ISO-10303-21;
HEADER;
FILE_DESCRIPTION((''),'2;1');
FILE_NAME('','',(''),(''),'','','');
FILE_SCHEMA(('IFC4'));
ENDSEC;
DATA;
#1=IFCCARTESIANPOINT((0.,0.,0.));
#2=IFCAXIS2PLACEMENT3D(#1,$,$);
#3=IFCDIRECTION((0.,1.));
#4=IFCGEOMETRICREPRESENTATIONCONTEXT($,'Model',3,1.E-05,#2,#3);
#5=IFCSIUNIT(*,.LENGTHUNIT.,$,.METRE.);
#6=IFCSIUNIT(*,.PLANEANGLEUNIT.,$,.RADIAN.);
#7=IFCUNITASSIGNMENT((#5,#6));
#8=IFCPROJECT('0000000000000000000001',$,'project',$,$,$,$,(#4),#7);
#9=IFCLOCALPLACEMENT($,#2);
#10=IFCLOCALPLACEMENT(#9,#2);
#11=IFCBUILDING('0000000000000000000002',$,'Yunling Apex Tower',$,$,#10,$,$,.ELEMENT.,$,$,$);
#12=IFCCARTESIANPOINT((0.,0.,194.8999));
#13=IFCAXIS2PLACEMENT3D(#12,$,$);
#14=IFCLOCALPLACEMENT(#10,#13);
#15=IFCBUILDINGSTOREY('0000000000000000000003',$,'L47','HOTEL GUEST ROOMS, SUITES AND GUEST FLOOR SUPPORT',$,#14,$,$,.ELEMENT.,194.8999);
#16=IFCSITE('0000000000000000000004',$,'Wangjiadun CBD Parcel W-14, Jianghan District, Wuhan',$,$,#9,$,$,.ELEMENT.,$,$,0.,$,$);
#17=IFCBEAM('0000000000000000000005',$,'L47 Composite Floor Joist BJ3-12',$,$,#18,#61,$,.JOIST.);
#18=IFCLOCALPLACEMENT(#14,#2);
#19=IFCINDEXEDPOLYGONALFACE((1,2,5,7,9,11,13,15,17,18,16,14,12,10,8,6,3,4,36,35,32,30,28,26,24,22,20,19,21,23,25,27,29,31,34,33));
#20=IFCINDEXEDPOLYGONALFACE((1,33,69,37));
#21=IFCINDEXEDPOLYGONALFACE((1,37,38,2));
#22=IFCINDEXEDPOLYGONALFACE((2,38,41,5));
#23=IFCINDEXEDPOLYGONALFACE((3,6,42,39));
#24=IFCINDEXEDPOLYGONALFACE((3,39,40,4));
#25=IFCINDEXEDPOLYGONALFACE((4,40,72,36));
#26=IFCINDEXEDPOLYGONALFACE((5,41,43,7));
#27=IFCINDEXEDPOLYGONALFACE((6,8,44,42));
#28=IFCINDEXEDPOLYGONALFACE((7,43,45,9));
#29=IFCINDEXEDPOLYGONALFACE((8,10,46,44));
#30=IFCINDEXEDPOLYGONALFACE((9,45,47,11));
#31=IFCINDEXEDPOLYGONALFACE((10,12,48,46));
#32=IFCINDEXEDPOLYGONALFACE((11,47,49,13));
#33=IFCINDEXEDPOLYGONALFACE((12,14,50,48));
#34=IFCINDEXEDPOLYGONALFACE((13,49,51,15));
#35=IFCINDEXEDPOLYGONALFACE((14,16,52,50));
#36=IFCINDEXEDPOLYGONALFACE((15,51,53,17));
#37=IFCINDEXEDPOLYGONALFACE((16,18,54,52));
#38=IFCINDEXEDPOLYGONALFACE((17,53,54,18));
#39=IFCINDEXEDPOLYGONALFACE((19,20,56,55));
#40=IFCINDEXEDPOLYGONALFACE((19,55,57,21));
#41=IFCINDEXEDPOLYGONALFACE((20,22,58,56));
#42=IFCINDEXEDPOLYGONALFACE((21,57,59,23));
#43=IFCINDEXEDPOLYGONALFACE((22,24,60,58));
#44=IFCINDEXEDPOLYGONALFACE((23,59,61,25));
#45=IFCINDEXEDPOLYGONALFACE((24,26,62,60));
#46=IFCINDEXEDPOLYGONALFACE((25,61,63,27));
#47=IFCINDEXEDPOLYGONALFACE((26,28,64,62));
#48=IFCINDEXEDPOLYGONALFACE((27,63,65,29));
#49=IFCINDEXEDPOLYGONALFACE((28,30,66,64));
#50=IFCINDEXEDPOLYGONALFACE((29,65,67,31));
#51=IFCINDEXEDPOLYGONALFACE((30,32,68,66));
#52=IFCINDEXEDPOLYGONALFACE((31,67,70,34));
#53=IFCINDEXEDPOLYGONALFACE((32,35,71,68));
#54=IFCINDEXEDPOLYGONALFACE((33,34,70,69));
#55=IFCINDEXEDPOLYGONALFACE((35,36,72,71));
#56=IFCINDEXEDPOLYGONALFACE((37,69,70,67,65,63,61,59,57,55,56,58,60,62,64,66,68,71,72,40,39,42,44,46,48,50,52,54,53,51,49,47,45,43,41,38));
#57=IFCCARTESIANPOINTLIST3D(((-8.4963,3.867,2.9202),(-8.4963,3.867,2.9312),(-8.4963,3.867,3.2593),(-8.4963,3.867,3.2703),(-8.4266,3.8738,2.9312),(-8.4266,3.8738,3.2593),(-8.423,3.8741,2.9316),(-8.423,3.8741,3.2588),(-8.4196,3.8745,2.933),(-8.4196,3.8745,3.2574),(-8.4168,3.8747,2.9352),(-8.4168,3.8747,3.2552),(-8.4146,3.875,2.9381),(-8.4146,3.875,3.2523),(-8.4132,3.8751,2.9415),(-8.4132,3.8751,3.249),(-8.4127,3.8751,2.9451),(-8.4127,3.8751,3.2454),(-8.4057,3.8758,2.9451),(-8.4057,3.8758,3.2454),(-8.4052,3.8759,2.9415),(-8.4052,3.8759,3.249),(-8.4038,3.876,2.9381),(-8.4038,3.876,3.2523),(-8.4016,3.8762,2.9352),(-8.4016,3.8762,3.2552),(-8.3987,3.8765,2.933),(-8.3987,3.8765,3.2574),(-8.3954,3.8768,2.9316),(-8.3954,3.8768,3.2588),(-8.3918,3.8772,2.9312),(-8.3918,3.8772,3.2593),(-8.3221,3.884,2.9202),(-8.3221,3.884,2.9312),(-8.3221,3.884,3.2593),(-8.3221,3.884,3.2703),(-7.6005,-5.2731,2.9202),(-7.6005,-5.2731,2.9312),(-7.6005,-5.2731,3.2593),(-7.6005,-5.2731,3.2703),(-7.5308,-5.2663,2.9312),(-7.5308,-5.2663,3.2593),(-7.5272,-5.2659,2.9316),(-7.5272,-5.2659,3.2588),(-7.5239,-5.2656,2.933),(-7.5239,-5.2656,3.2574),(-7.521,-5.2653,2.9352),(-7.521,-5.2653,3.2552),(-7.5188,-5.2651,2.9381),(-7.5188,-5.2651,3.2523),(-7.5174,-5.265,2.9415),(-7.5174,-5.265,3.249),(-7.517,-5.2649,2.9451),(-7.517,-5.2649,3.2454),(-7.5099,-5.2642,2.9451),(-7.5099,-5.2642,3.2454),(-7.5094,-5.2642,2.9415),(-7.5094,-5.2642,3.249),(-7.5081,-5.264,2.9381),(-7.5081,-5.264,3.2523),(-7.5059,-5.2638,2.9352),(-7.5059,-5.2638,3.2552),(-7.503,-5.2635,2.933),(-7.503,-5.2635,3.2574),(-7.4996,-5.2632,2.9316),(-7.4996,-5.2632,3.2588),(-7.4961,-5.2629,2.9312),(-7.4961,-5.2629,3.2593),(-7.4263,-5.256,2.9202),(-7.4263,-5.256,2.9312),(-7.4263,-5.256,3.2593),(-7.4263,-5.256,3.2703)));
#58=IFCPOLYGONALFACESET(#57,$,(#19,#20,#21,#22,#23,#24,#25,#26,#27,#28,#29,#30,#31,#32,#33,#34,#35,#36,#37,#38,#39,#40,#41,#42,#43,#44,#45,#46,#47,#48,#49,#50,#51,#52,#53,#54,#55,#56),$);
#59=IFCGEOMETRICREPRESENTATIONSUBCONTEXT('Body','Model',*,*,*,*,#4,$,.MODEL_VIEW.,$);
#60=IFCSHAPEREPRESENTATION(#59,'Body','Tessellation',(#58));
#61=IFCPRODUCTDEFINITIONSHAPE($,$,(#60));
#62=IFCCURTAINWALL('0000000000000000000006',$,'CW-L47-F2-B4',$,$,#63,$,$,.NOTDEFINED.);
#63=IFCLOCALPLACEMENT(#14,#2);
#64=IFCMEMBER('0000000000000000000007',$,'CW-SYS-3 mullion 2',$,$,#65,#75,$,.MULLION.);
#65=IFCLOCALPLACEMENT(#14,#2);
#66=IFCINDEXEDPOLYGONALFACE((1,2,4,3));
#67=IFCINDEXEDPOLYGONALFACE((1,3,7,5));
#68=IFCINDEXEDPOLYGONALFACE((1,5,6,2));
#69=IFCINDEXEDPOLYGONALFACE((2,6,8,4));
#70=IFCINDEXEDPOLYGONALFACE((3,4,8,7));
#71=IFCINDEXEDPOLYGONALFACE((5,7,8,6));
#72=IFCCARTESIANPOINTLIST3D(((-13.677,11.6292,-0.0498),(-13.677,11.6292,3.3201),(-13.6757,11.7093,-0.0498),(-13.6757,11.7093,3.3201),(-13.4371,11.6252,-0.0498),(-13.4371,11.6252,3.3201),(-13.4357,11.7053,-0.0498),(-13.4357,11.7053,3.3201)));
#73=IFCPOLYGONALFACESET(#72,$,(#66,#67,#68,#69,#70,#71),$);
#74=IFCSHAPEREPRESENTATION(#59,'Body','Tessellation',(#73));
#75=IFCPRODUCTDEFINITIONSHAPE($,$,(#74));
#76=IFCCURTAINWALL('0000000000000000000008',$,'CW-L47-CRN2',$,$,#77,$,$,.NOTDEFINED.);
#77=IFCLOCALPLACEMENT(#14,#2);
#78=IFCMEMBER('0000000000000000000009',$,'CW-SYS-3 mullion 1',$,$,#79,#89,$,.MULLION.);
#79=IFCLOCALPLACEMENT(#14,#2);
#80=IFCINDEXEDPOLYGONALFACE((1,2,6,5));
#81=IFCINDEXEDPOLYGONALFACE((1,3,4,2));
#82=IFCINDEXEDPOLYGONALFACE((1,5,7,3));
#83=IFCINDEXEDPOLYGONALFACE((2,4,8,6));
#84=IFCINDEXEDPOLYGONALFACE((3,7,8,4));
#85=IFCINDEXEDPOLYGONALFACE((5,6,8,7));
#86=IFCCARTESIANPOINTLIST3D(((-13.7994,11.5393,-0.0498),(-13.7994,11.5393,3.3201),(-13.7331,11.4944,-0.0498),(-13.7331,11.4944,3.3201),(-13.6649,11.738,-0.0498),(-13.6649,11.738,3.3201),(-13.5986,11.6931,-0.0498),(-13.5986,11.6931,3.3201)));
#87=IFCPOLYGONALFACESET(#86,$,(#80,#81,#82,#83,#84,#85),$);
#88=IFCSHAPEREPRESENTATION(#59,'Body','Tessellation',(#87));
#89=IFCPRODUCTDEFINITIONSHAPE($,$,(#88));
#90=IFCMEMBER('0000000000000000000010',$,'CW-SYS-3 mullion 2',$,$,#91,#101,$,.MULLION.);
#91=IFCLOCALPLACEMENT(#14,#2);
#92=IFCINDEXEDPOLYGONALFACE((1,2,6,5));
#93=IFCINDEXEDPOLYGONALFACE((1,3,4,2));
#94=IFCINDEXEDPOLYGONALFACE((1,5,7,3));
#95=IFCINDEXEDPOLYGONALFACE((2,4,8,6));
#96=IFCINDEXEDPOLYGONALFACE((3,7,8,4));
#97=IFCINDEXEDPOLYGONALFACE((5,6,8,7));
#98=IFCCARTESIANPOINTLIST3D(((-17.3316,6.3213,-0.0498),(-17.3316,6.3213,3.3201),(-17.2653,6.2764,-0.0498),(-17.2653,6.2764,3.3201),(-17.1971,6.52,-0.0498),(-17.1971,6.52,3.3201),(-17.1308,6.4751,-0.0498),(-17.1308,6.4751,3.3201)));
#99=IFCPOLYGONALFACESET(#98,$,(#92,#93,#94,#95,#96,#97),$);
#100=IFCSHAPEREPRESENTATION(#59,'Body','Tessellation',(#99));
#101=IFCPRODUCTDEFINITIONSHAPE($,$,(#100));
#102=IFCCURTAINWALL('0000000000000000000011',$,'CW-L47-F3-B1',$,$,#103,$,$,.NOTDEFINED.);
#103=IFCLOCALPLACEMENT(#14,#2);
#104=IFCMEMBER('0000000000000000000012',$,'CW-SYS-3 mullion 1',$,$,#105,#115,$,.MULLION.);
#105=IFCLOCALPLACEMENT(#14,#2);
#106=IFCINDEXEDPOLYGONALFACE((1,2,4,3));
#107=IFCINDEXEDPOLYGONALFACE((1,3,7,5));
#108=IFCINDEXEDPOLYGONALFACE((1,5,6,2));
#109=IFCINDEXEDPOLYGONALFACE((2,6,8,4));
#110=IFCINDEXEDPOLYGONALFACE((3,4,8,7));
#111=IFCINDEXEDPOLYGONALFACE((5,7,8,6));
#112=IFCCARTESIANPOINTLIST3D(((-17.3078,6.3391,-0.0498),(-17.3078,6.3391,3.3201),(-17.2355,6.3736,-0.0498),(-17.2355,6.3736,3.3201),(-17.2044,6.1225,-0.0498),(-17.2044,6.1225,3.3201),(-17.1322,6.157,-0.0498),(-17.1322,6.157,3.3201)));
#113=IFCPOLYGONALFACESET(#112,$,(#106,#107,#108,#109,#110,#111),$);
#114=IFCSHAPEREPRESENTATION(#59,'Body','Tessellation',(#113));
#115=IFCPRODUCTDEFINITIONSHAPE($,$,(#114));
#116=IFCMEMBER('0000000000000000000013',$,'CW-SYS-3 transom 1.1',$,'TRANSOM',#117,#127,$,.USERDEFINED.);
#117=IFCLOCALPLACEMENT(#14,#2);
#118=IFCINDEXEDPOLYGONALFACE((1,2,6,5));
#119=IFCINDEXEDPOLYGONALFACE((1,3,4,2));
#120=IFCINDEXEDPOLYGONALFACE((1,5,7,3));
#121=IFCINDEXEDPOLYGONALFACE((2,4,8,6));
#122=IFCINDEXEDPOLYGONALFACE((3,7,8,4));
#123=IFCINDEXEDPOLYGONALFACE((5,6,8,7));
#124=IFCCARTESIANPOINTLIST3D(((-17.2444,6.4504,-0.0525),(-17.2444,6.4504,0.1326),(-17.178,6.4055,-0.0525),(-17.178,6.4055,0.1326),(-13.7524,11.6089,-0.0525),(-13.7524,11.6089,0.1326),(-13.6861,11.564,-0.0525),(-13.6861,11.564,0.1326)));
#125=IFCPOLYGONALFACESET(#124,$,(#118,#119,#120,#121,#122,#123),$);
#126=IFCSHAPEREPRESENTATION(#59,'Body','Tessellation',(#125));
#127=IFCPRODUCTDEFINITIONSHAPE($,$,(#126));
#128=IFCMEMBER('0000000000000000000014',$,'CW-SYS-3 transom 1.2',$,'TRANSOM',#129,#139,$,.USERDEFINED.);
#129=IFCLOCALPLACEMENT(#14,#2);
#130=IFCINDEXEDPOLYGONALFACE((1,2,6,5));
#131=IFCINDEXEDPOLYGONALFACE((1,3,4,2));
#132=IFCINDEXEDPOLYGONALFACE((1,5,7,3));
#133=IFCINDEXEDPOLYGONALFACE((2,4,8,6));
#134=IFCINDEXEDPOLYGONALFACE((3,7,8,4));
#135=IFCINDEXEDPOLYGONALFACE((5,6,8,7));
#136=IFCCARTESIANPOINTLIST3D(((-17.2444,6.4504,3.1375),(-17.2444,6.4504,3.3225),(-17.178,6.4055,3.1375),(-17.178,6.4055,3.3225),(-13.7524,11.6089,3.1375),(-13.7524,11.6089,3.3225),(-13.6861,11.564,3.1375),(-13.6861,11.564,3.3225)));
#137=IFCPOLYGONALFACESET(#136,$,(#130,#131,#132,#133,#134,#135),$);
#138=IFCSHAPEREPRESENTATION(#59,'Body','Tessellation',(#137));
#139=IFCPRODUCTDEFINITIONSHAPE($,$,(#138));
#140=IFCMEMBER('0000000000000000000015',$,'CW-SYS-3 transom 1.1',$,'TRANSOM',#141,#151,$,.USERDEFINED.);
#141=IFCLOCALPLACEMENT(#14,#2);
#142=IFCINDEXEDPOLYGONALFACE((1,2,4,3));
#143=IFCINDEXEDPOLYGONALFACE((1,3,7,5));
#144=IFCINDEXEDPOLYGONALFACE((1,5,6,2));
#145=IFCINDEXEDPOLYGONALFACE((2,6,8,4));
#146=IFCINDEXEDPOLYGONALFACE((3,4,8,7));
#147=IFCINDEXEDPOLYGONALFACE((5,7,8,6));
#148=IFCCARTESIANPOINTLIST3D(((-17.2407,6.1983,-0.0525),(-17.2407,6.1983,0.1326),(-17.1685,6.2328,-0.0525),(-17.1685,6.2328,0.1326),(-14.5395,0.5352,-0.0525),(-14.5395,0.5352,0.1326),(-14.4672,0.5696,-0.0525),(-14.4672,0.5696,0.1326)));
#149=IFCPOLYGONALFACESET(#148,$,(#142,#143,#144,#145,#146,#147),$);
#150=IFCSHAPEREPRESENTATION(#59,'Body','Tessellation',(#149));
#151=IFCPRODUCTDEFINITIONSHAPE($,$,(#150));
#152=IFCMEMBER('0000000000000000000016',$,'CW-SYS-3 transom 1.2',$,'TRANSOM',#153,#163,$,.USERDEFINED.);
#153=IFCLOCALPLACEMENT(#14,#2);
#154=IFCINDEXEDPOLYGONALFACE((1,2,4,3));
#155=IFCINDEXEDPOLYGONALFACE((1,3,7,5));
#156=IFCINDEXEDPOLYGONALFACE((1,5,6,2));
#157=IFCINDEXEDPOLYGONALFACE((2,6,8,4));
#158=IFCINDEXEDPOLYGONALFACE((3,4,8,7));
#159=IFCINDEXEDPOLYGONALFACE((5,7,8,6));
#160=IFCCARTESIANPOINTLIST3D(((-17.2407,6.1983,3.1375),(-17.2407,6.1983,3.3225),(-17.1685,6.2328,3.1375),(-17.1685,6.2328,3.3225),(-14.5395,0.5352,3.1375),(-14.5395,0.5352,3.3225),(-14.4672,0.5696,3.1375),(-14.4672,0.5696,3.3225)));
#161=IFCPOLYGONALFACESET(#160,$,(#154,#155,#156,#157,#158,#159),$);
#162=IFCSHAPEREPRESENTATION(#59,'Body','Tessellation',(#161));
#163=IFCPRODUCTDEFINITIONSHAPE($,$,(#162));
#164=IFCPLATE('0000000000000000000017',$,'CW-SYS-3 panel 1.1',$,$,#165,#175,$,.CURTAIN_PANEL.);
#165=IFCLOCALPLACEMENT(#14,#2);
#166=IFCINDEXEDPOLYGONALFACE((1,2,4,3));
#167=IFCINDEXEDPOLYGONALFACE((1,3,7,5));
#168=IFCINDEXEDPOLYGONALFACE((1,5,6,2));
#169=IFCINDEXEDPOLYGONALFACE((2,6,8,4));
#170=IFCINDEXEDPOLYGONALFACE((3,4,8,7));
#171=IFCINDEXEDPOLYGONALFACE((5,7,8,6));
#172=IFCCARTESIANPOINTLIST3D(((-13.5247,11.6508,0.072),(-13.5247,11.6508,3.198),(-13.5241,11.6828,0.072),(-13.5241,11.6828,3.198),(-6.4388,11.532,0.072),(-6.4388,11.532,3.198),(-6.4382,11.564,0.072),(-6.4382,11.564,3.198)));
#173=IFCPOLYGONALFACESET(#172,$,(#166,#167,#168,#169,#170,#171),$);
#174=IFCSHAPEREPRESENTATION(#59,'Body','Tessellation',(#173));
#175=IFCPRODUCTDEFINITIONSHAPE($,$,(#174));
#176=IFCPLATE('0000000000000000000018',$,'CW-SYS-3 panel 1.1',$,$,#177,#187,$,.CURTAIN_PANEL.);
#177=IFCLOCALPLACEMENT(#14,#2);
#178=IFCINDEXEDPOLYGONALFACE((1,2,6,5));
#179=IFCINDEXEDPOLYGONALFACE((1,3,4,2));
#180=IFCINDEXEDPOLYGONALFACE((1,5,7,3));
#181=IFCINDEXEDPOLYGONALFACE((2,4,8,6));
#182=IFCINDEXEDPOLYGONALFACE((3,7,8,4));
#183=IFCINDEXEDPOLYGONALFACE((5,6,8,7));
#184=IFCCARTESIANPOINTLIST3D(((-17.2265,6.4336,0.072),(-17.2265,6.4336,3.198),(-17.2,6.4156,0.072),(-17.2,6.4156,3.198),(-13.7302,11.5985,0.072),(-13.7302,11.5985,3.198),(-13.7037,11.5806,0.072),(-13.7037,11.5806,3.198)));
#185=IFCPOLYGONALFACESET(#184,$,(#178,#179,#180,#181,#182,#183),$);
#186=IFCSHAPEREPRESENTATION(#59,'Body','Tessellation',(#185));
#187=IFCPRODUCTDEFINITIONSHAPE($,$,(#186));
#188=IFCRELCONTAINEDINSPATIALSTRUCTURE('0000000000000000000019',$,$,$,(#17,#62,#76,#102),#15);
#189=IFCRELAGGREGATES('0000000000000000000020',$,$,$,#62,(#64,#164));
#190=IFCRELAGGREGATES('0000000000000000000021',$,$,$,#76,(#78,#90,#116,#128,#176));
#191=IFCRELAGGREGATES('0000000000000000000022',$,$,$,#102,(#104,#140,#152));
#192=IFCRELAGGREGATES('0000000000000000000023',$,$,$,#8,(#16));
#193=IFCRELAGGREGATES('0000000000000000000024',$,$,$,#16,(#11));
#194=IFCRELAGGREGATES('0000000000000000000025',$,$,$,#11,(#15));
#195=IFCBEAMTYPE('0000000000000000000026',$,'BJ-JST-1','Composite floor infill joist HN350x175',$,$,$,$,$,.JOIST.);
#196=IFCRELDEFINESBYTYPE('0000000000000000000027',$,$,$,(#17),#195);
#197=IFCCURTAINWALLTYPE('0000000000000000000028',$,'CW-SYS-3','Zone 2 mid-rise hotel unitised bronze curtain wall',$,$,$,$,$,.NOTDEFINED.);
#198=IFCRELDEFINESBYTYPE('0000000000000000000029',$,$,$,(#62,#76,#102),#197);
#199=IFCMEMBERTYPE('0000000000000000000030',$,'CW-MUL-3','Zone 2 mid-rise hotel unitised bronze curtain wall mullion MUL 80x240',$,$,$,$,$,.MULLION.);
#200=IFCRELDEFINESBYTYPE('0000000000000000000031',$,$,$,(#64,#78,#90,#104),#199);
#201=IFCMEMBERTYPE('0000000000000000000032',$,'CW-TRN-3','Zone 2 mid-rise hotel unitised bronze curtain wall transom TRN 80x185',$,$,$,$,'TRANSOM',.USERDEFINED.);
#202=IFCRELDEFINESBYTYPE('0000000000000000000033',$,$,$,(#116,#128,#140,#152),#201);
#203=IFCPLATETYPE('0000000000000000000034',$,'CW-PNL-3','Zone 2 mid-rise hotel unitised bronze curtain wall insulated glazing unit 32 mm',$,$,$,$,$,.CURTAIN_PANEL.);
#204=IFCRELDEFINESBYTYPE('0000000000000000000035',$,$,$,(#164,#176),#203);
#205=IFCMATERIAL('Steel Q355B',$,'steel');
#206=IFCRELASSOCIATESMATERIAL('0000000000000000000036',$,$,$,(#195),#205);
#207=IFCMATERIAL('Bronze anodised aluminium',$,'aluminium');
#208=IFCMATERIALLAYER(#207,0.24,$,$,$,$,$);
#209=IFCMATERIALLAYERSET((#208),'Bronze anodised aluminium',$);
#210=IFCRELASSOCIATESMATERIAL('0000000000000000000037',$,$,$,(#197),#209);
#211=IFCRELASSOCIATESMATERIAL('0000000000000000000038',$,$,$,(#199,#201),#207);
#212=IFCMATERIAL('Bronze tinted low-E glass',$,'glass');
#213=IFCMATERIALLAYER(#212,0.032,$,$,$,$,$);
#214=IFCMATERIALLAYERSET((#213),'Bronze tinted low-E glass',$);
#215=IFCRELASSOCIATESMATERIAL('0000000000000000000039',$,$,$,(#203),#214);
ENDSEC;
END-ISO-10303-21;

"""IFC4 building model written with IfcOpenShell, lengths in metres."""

from ifc_helpers import new_model, si_unit, direction, frame, origin, origin_2d, place, context, subcontext, project, spatial, rectangle, i_section, extrude, source, transform, mapped, material, layer, layer_set, material_profile, profile_set, type_object, element, aggregate, save


model = new_model("IFC4")

# Units and contexts
model_context = context("Model", 3, precision=1e-05, world=origin(), true_north=direction((0.0, 1.0)))
body_context = subcontext(model_context, "Body", "Model", "MODEL_VIEW")
ifc_project = project(units=[si_unit("LENGTHUNIT", "METRE"), si_unit("PLANEANGLEUNIT", "RADIAN")], contexts=[model_context])

# Site, building, storey
site_placement = place(None, origin())
site = spatial("IfcSite", under=ifc_project, at=site_placement, Name="Wangjiadun CBD Parcel W-14, Jianghan District, Wuhan", CompositionType="ELEMENT", RefElevation=0.0)
building_placement = place(site_placement, origin())
building = spatial("IfcBuilding", under=site, at=building_placement, Name="Yunling Apex Tower", CompositionType="ELEMENT")
storey_placement = place(building_placement, frame((0.0, 0.0, 194.8999)))
storey = spatial("IfcBuildingStorey", under=building, at=storey_placement, Name="L47", Description="HOTEL GUEST ROOMS, SUITES AND GUEST FLOOR SUPPORT", CompositionType="ELEMENT", Elevation=194.8999)

# Beam
ifc_material_1 = material(Name="Steel Q355B", Category="steel")
ifc_material_profile_1 = material_profile(ifc_material_1, i_section(OverallWidth=0.175, OverallDepth=0.3501, WebThickness=0.0071, FlangeThickness=0.011, FilletRadius=0.0139, at=origin_2d()))
ifc_profile_set_1 = profile_set([ifc_material_profile_1], Name="Steel Q355B")
beam_type_1 = type_object("IfcBeamType", Name="BJ-JST-1", Description="Composite floor infill joist HN350x175", PredefinedType="JOIST", material=ifc_profile_set_1)
shared_shape_1 = source(origin(), body_context, "Body", "SweptSolid", [
    extrude(i_section(OverallWidth=0.175, OverallDepth=0.3501, WebThickness=0.0071, FlangeThickness=0.011, FilletRadius=0.0139, at=origin_2d()), origin(), (0.0, 0.0, 1.0), 9.1838),
])
beam_1_placement = place(storey_placement, frame((-8.4092, 3.8755, 3.0952), z_axis=(0.097535, -0.995232, 0.0), x_axis=(0.995232, 0.097535, 0.0)))
element("IfcBeam", 1, at=beam_1_placement, inside=storey, type_object=beam_type_1, Name="L47 Composite Floor Joist BJ3-12", PredefinedType="JOIST", context=body_context, shape_type="MappedRepresentation", body=[
    mapped(shared_shape_1, transform((0.0, 0.0, 0.0), scale=1.0)),
])

# Curtain wall, member
ifc_material_2 = material(Name="Bronze anodised aluminium", Category="aluminium")
ifc_layer_1 = layer(ifc_material_2, 0.24)
ifc_layer_set_1 = layer_set([ifc_layer_1], Name="Bronze anodised aluminium")
curtain_wall_type = type_object("IfcCurtainWallType", Name="CW-SYS-3", Description="Zone 2 mid-rise hotel unitised bronze curtain wall", PredefinedType="NOTDEFINED", material=ifc_layer_set_1)
curtain_wall_1_placement = place(storey_placement, origin())
curtain_wall_1 = element("IfcCurtainWall", 2, at=curtain_wall_1_placement, inside=storey, type_object=curtain_wall_type, Name="CW-L47-F2-B4", PredefinedType="NOTDEFINED")
ifc_material_profile_2 = material_profile(ifc_material_2, rectangle(XDim=0.0801, YDim=0.24, at=origin_2d()))
ifc_profile_set_2 = profile_set([ifc_material_profile_2], Name="Bronze anodised aluminium")
member_type_1 = type_object("IfcMemberType", Name="CW-MUL-3", Description="Zone 2 mid-rise hotel unitised bronze curtain wall mullion MUL 80x240", PredefinedType="MULLION", material=ifc_profile_set_2)
shared_shape_2 = source(origin(), body_context, "Body", "SweptSolid", [
    extrude(rectangle(XDim=0.0801, YDim=0.24, at=origin_2d()), origin(), (0.0, 0.0, 1.0), 3.3699),
])
member_1_placement = place(storey_placement, frame((-13.5564, 11.6672, -0.0498), z_axis=(0.0, 0.0, 1.0), x_axis=(-0.016761, -0.99986, 0.0)))
member_1 = element("IfcMember", 3, at=member_1_placement, type_object=member_type_1, Name="CW-SYS-3 mullion 2", PredefinedType="MULLION", context=body_context, shape_type="MappedRepresentation", body=[
    mapped(shared_shape_2, transform((0.0, 0.0, 0.0), scale=1.0)),
])

# Curtain wall, members
curtain_wall_2_placement = place(storey_placement, origin())
curtain_wall_2 = element("IfcCurtainWall", 4, at=curtain_wall_2_placement, inside=storey, type_object=curtain_wall_type, Name="CW-L47-CRN2", PredefinedType="NOTDEFINED")
member_2_placement = place(storey_placement, frame((-13.699, 11.6162, -0.0498), z_axis=(0.0, 0.0, 1.0), x_axis=(0.828107, -0.56057, 0.0)))
member_2 = element("IfcMember", 5, at=member_2_placement, type_object=member_type_1, Name="CW-SYS-3 mullion 1", PredefinedType="MULLION", context=body_context, shape_type="MappedRepresentation", body=[
    mapped(shared_shape_2, transform((0.0, 0.0, 0.0), scale=1.0)),
])
member_3_placement = place(storey_placement, frame((-17.2312, 6.3982, -0.0498), z_axis=(0.0, 0.0, 1.0), x_axis=(0.828107, -0.56057, 0.0)))
member_3 = element("IfcMember", 6, at=member_3_placement, type_object=member_type_1, Name="CW-SYS-3 mullion 2", PredefinedType="MULLION", context=body_context, shape_type="MappedRepresentation", body=[
    mapped(shared_shape_2, transform((0.0, 0.0, 0.0), scale=1.0)),
])

# Curtain wall, member
curtain_wall_3_placement = place(storey_placement, origin())
curtain_wall_3 = element("IfcCurtainWall", 7, at=curtain_wall_3_placement, inside=storey, type_object=curtain_wall_type, Name="CW-L47-F3-B1", PredefinedType="NOTDEFINED")
member_4_placement = place(storey_placement, frame((-17.22, 6.248, -0.0498), z_axis=(0.0, 0.0, 1.0), x_axis=(0.902582, 0.430518, 0.0)))
member_4 = element("IfcMember", 8, at=member_4_placement, type_object=member_type_1, Name="CW-SYS-3 mullion 1", PredefinedType="MULLION", context=body_context, shape_type="MappedRepresentation", body=[
    mapped(shared_shape_2, transform((0.0, 0.0, 0.0), scale=1.0)),
])

# Members
ifc_material_profile_3 = material_profile(ifc_material_2, rectangle(XDim=0.0801, YDim=0.1851, at=origin_2d()))
ifc_profile_set_3 = profile_set([ifc_material_profile_3], Name="Bronze anodised aluminium")
member_type_2 = type_object("IfcMemberType", Name="CW-TRN-3", Description="Zone 2 mid-rise hotel unitised bronze curtain wall transom TRN 80x185", ElementType="TRANSOM", PredefinedType="USERDEFINED", material=ifc_profile_set_3)
shared_shape_3 = source(origin(), body_context, "Body", "SweptSolid", [
    extrude(rectangle(XDim=0.0801, YDim=0.1851, at=origin_2d()), origin(), (0.0, 0.0, 1.0), 6.2292),
])
member_5_placement = place(storey_placement, frame((-13.7192, 11.5864, 0.04), z_axis=(-0.560574, -0.828104, 0.0), x_axis=(0.828104, -0.560574, 0.0)))
member_5 = element("IfcMember", 9, at=member_5_placement, type_object=member_type_2, Name="CW-SYS-3 transom 1.1", ObjectType="TRANSOM", PredefinedType="USERDEFINED", context=body_context, shape_type="MappedRepresentation", body=[
    mapped(shared_shape_3, transform((0.0, 0.0, 0.0), scale=1.0)),
])
member_6_placement = place(storey_placement, frame((-13.7192, 11.5864, 3.23), z_axis=(-0.560574, -0.828104, 0.0), x_axis=(0.828104, -0.560574, 0.0)))
member_6 = element("IfcMember", 10, at=member_6_placement, type_object=member_type_2, Name="CW-SYS-3 transom 1.2", ObjectType="TRANSOM", PredefinedType="USERDEFINED", context=body_context, shape_type="MappedRepresentation", body=[
    mapped(shared_shape_3, transform((0.0, 0.0, 0.0), scale=1.0)),
])
shared_shape_4 = source(origin(), body_context, "Body", "SweptSolid", [
    extrude(rectangle(XDim=0.0801, YDim=0.1851, at=origin_2d()), origin(), (0.0, 0.0, 1.0), 6.2744),
])
member_7_placement = place(storey_placement, frame((-17.2046, 6.2156, 0.04), z_axis=(0.430513, -0.902584, 0.0), x_axis=(0.902584, 0.430513, 0.0)))
member_7 = element("IfcMember", 11, at=member_7_placement, type_object=member_type_2, Name="CW-SYS-3 transom 1.1", ObjectType="TRANSOM", PredefinedType="USERDEFINED", context=body_context, shape_type="MappedRepresentation", body=[
    mapped(shared_shape_4, transform((0.0, 0.0, 0.0), scale=1.0)),
])
member_8_placement = place(storey_placement, frame((-17.2046, 6.2156, 3.23), z_axis=(0.430513, -0.902584, 0.0), x_axis=(0.902584, 0.430513, 0.0)))
member_8 = element("IfcMember", 12, at=member_8_placement, type_object=member_type_2, Name="CW-SYS-3 transom 1.2", ObjectType="TRANSOM", PredefinedType="USERDEFINED", context=body_context, shape_type="MappedRepresentation", body=[
    mapped(shared_shape_4, transform((0.0, 0.0, 0.0), scale=1.0)),
])

# Plates
ifc_material_3 = material(Name="Bronze tinted low-E glass", Category="glass")
ifc_layer_2 = layer(ifc_material_3, 0.032)
ifc_layer_set_2 = layer_set([ifc_layer_2], Name="Bronze tinted low-E glass")
plate_type = type_object("IfcPlateType", Name="CW-PNL-3", Description="Zone 2 mid-rise hotel unitised bronze curtain wall insulated glazing unit 32 mm", PredefinedType="CURTAIN_PANEL", material=ifc_layer_set_2)
shared_shape_5 = source(origin(), body_context, "Body", "SweptSolid", [
    extrude(rectangle(XDim=7.0869, YDim=0.032, at=origin_2d()), origin(), (0.0, 0.0, 1.0), 3.126),
])
plate_1_placement = place(storey_placement, frame((-9.9814, 11.6074, 0.072), z_axis=(0.0, 0.0, 1.0), x_axis=(-0.99986, 0.016761, 0.0)))
plate_1 = element("IfcPlate", 13, at=plate_1_placement, type_object=plate_type, Name="CW-SYS-3 panel 1.1", PredefinedType="CURTAIN_PANEL", context=body_context, shape_type="MappedRepresentation", body=[
    mapped(shared_shape_5, transform((0.0, 0.0, 0.0), scale=1.0)),
])
aggregate(curtain_wall_1, [member_1, plate_1])
shared_shape_6 = source(origin(), body_context, "Body", "SweptSolid", [
    extrude(rectangle(XDim=6.2371, YDim=0.032, at=origin_2d()), origin(), (0.0, 0.0, 1.0), 3.126),
])
plate_2_placement = place(storey_placement, frame((-15.4651, 9.0071, 0.072), z_axis=(0.0, 0.0, 1.0), x_axis=(-0.56057, -0.828107, 0.0)))
plate_2 = element("IfcPlate", 14, at=plate_2_placement, type_object=plate_type, Name="CW-SYS-3 panel 1.1", PredefinedType="CURTAIN_PANEL", context=body_context, shape_type="MappedRepresentation", body=[
    mapped(shared_shape_6, transform((0.0, 0.0, 0.0), scale=1.0)),
])
aggregate(curtain_wall_2, [member_2, member_3, member_5, member_6, plate_2])
aggregate(curtain_wall_3, [member_4, member_7, member_8])

save(model, "model.ifc")
